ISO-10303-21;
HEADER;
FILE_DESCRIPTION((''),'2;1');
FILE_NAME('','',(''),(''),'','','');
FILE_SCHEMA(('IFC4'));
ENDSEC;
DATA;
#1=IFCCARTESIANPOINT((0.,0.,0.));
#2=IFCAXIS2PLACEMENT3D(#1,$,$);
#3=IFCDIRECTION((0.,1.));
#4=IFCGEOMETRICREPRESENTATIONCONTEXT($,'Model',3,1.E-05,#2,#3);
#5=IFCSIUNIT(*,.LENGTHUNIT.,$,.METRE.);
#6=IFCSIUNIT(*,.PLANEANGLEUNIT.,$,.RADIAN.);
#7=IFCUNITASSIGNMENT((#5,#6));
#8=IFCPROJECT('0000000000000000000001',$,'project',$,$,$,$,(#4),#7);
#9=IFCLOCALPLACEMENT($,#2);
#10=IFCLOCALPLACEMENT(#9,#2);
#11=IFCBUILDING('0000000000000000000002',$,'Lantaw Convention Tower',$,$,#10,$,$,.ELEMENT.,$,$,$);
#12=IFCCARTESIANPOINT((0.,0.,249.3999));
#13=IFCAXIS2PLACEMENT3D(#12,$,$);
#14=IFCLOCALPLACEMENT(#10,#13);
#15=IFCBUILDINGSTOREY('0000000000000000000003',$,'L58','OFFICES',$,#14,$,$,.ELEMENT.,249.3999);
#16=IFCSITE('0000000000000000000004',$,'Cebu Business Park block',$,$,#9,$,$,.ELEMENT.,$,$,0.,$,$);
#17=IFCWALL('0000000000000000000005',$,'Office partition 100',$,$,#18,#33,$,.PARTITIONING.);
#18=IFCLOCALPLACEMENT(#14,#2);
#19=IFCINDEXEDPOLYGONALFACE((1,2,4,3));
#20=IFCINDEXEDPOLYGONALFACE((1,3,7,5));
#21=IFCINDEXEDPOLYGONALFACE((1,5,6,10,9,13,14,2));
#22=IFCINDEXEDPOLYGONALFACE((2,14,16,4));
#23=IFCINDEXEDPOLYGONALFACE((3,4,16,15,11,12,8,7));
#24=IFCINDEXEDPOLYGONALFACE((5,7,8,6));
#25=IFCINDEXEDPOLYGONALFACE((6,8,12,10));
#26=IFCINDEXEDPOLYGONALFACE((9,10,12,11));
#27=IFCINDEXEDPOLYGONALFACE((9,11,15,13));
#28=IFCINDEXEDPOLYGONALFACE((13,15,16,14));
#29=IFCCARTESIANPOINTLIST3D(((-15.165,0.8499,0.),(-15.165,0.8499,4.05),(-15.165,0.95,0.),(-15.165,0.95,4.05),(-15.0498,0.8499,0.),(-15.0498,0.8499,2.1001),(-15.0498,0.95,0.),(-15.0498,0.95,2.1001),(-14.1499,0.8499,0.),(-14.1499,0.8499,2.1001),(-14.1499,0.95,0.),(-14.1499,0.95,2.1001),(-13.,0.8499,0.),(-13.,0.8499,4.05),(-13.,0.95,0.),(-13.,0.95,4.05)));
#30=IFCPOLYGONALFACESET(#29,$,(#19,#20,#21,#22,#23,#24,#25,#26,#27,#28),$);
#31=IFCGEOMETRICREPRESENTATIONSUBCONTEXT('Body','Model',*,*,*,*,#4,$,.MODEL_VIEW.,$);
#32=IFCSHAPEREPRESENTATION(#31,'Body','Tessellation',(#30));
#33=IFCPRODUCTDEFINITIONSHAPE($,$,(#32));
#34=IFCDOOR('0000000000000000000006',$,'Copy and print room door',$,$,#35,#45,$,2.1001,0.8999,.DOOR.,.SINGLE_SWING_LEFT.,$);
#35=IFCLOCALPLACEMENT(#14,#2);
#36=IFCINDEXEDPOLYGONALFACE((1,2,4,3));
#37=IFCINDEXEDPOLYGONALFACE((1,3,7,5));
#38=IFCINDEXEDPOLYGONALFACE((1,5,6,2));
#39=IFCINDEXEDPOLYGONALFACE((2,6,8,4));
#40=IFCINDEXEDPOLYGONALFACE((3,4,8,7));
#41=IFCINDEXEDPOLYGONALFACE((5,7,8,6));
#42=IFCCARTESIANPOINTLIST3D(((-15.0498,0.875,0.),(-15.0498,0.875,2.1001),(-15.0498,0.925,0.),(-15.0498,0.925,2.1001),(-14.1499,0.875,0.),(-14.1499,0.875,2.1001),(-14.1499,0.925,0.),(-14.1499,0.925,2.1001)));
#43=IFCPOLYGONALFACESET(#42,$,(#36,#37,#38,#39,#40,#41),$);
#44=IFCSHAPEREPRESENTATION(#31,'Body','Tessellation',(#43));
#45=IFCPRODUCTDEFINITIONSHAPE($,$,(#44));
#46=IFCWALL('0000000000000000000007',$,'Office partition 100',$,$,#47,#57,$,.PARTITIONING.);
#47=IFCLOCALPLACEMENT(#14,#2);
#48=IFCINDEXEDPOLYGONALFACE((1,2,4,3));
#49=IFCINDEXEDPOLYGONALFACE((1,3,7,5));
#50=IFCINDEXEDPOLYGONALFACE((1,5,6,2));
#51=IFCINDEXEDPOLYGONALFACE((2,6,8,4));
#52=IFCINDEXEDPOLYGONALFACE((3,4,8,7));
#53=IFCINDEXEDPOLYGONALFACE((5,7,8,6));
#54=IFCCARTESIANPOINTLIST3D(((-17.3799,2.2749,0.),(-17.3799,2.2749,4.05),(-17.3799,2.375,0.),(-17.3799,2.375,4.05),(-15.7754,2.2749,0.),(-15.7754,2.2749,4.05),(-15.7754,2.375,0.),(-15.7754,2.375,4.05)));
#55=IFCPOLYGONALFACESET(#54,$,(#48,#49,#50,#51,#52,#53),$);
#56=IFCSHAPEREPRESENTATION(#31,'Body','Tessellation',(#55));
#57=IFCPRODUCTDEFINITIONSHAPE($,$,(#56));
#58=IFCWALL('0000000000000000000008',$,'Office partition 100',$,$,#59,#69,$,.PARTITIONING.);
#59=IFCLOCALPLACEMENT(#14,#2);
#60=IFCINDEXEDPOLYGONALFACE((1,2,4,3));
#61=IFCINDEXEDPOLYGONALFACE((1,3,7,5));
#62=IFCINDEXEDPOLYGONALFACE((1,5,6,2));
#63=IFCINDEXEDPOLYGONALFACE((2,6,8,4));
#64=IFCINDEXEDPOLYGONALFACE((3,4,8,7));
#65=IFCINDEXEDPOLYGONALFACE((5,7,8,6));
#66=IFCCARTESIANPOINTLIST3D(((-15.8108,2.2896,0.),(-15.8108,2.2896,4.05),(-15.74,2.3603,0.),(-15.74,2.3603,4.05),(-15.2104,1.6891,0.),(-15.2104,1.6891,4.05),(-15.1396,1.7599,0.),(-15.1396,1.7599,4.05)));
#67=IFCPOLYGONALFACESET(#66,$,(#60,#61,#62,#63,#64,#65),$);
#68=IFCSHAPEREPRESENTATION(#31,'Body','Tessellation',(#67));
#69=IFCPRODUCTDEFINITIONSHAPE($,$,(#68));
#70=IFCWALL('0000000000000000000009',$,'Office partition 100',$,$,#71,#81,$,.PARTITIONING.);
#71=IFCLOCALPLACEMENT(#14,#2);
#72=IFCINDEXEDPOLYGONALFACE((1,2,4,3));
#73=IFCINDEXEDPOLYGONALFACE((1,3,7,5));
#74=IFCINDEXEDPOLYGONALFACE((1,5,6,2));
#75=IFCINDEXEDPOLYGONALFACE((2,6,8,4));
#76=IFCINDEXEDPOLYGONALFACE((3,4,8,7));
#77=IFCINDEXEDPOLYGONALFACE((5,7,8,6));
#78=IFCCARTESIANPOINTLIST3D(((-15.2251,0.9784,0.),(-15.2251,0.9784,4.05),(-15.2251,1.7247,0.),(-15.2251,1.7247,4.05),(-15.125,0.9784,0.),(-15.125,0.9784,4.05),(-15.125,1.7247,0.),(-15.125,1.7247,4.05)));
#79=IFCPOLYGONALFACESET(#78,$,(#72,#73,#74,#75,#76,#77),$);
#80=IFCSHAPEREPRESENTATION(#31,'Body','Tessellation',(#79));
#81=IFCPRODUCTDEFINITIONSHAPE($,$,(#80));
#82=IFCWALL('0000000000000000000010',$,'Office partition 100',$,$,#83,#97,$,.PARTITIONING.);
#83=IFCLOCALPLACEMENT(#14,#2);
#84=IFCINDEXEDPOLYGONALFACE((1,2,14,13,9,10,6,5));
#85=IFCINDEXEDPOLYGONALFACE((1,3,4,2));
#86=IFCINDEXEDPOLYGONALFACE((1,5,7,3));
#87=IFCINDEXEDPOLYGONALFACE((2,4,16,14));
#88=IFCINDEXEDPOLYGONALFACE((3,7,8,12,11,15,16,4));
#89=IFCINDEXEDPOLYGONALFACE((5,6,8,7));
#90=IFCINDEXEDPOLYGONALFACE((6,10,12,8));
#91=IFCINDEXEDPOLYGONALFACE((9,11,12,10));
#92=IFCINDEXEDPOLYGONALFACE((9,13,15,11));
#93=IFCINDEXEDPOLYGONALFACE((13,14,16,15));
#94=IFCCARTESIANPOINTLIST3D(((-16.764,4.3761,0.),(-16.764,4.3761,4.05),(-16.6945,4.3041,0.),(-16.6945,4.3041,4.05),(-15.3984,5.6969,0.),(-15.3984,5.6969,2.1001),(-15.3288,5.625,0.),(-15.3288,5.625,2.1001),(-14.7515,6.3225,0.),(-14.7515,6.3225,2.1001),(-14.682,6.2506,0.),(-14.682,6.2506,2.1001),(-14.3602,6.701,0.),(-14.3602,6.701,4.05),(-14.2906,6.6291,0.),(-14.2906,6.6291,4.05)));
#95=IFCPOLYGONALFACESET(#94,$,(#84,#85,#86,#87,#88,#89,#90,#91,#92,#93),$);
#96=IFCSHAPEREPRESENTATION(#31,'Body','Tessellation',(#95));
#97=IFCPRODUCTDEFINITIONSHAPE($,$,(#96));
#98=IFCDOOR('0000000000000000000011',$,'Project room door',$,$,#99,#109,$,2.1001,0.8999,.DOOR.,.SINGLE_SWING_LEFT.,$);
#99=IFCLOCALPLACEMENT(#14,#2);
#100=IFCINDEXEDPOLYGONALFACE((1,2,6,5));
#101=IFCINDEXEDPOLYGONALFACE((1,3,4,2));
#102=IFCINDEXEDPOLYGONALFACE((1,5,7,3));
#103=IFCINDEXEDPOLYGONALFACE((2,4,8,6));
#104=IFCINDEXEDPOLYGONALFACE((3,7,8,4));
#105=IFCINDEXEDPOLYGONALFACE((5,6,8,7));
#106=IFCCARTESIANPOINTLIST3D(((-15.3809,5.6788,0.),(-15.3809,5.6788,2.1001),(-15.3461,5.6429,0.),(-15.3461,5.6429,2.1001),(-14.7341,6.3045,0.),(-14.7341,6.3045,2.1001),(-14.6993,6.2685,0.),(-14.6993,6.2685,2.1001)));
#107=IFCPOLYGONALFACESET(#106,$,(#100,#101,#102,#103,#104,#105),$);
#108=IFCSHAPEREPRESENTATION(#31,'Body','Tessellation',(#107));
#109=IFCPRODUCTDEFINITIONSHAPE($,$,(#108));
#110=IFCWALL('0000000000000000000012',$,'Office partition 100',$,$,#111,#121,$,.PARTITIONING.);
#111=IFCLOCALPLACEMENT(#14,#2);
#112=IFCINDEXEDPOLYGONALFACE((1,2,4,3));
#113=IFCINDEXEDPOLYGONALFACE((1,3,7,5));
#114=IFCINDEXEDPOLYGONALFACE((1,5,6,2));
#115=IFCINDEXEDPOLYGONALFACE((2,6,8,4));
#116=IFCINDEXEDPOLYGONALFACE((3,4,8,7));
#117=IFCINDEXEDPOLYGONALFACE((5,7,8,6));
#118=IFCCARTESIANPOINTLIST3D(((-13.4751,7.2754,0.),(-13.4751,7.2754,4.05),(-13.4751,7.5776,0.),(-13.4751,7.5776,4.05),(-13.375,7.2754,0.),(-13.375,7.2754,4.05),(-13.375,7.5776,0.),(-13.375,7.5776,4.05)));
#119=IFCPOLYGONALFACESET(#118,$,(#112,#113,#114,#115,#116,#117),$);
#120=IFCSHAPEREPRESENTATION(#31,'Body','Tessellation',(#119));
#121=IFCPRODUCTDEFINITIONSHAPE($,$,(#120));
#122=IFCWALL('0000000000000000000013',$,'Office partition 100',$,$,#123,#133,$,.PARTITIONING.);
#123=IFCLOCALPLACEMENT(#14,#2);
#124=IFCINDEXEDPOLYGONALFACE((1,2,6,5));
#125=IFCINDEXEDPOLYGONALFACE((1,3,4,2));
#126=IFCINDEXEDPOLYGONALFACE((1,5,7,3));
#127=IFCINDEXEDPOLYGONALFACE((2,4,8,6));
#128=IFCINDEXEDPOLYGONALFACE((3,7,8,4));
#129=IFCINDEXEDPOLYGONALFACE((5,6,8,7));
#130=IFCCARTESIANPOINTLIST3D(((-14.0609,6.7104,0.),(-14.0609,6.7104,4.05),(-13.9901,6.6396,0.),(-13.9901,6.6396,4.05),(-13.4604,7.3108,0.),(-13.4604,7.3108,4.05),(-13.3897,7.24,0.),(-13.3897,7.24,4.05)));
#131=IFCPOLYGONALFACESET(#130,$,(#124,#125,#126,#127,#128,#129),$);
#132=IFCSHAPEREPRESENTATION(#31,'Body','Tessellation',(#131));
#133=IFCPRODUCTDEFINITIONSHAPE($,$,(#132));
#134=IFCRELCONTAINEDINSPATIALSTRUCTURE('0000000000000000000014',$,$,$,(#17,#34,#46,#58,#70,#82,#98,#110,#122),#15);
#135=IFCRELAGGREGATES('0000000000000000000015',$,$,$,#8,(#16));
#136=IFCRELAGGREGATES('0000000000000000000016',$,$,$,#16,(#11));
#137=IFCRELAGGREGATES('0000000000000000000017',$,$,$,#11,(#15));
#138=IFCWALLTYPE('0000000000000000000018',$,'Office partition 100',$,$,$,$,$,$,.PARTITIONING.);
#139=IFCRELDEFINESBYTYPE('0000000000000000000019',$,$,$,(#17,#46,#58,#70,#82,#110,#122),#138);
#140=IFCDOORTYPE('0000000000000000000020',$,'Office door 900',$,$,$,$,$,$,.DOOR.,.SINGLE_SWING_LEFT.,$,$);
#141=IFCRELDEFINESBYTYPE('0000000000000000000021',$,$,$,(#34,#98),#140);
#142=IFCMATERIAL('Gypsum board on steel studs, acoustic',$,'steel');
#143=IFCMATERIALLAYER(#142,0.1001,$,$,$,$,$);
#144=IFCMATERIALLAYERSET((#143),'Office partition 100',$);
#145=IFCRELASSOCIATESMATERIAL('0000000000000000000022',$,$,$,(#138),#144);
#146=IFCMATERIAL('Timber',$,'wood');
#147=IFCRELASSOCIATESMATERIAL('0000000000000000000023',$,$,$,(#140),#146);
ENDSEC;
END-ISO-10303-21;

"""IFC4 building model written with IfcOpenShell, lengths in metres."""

from ifc_helpers import new_model, si_unit, direction, frame, frame_2d, origin, place, context, subcontext, project, spatial, rectangle, extrude, material, layer, layer_set, type_object, element, fill, save


model = new_model("IFC4")

# Units and contexts
model_context = context("Model", 3, precision=1e-05, world=origin(), true_north=direction((0.0, 1.0)))
body_context = subcontext(model_context, "Body", "Model", "MODEL_VIEW")
ifc_project = project(units=[si_unit("LENGTHUNIT", "METRE"), si_unit("PLANEANGLEUNIT", "RADIAN")], contexts=[model_context])

# Site, building, storey
site_placement = place(None, origin())
site = spatial("IfcSite", under=ifc_project, at=site_placement, Name="Cebu Business Park block", CompositionType="ELEMENT", RefElevation=0.0)
building_placement = place(site_placement, origin())
building = spatial("IfcBuilding", under=site, at=building_placement, Name="Lantaw Convention Tower", CompositionType="ELEMENT")
storey_placement = place(building_placement, frame((0.0, 0.0, 249.3999)))
storey = spatial("IfcBuildingStorey", under=building, at=storey_placement, Name="L58", Description="OFFICES", CompositionType="ELEMENT", Elevation=249.3999)

# Shared definitions
ifc_material_1 = material(Name="Gypsum board on steel studs, acoustic", Category="steel")
ifc_layer_1 = layer(ifc_material_1, 0.1001)
ifc_layer_set_1 = layer_set([ifc_layer_1], Name="Office partition 100")
wall_type_1 = type_object("IfcWallType", Name="Office partition 100", PredefinedType="PARTITIONING", material=ifc_layer_set_1)
ifc_material_2 = material(Name="Timber", Category="wood")
door_type_1 = type_object("IfcDoorType", Name="Office door 900", OperationType="SINGLE_SWING_LEFT", PredefinedType="DOOR", material=ifc_material_2)

# Wall, opening, door
wall_1_placement = place(storey_placement, frame((-13.0, 0.8999, 0.0), z_axis=(0.0, 0.0, 1.0), x_axis=(-1.0, 0.0, 0.0)))
wall_1 = element("IfcWall", 1, at=wall_1_placement, inside=storey, type_object=wall_type_1, Name="Office partition 100", PredefinedType="PARTITIONING", context=body_context, shape_type="SweptSolid", body=[
    extrude(rectangle(XDim=2.165, YDim=0.1001, at=frame_2d((1.0825, 0.0))), origin(), (0.0, 0.0, 1.0), 4.05),
])
opening_1_placement = place(wall_1_placement, frame((1.1499, 0.0, 0.0)))
opening_1 = element("IfcOpeningElement", 2, at=opening_1_placement, cuts=wall_1, PredefinedType="OPENING", context=body_context, shape_type="SweptSolid", body=[
    extrude(rectangle(XDim=0.8999, YDim=2.1001, at=frame_2d((0.45, 1.05))), frame((0.0, 0.0601, 0.0), z_axis=(0.0, -1.0, 0.0), x_axis=(1.0, 0.0, 0.0)), (0.0, 0.0, 1.0), 0.1201),
])
door_1_placement = place(opening_1_placement, origin())
door_1 = element("IfcDoor", 3, at=door_1_placement, inside=storey, type_object=door_type_1, Name="Copy and print room door", OperationType="SINGLE_SWING_LEFT", OverallHeight=2.1001, OverallWidth=0.8999, PredefinedType="DOOR", context=body_context, shape_type="SweptSolid", body=[
    extrude(rectangle(XDim=0.8999, YDim=2.1001, at=frame_2d((0.45, 1.05))), frame((0.0, 0.0249, 0.0), z_axis=(0.0, -1.0, 0.0), x_axis=(1.0, 0.0, 0.0)), (0.0, 0.0, 1.0), 0.05),
])
fill(opening_1, door_1)

# Walls
wall_2_placement = place(storey_placement, frame((-17.3799, 2.325, 0.0), z_axis=(0.0, 0.0, 1.0), x_axis=(1.0, 0.0, 0.0)))
element("IfcWall", 4, at=wall_2_placement, inside=storey, type_object=wall_type_1, Name="Office partition 100", PredefinedType="PARTITIONING", context=body_context, shape_type="SweptSolid", body=[
    extrude(rectangle(XDim=1.6045, YDim=0.1001, at=frame_2d((0.8022, 0.0))), origin(), (0.0, 0.0, 1.0), 4.05),
])
wall_3_placement = place(storey_placement, frame((-15.7754, 2.325, 0.0), z_axis=(0.0, 0.0, 1.0), x_axis=(0.707107, -0.707107, 0.0)))
element("IfcWall", 5, at=wall_3_placement, inside=storey, type_object=wall_type_1, Name="Office partition 100", PredefinedType="PARTITIONING", context=body_context, shape_type="SweptSolid", body=[
    extrude(rectangle(XDim=0.8491, YDim=0.1001, at=frame_2d((0.4246, 0.0))), origin(), (0.0, 0.0, 1.0), 4.05),
])
wall_4_placement = place(storey_placement, frame((-15.175, 1.7246, 0.0), z_axis=(0.0, 0.0, 1.0), x_axis=(0.0, -1.0, 0.0)))
element("IfcWall", 6, at=wall_4_placement, inside=storey, type_object=wall_type_1, Name="Office partition 100", PredefinedType="PARTITIONING", context=body_context, shape_type="SweptSolid", body=[
    extrude(rectangle(XDim=0.7463, YDim=0.1001, at=frame_2d((0.373, 0.0))), origin(), (0.0, 0.0, 1.0), 4.05),
])

# Wall, opening, door
wall_5_placement = place(storey_placement, frame((-16.7292, 4.3401, 0.0), z_axis=(0.0, 0.0, 1.0), x_axis=(0.718799, 0.695218, 0.0)))
wall_5 = element("IfcWall", 7, at=wall_5_placement, inside=storey, type_object=wall_type_1, Name="Office partition 100", PredefinedType="PARTITIONING", context=body_context, shape_type="SweptSolid", body=[
    extrude(rectangle(XDim=3.3442, YDim=0.1001, at=frame_2d((1.6721, 0.0))), origin(), (0.0, 0.0, 1.0), 4.05),
])
opening_2_placement = place(wall_5_placement, frame((1.8999, 0.0, 0.0)))
opening_2 = element("IfcOpeningElement", 8, at=opening_2_placement, cuts=wall_5, PredefinedType="OPENING", context=body_context, shape_type="SweptSolid", body=[
    extrude(rectangle(XDim=0.8999, YDim=2.1001, at=frame_2d((0.45, 1.05))), frame((0.0, 0.0601, 0.0), z_axis=(0.0, -1.0, 0.0), x_axis=(1.0, 0.0, 0.0)), (0.0, 0.0, 1.0), 0.1201),
])
door_2_placement = place(opening_2_placement, origin())
door_2 = element("IfcDoor", 9, at=door_2_placement, inside=storey, type_object=door_type_1, Name="Project room door", OperationType="SINGLE_SWING_LEFT", OverallHeight=2.1001, OverallWidth=0.8999, PredefinedType="DOOR", context=body_context, shape_type="SweptSolid", body=[
    extrude(rectangle(XDim=0.8999, YDim=2.1001, at=frame_2d((0.45, 1.05))), frame((0.0, 0.0249, 0.0), z_axis=(0.0, -1.0, 0.0), x_axis=(1.0, 0.0, 0.0)), (0.0, 0.0, 1.0), 0.05),
])
fill(opening_2, door_2)

# Walls
wall_6_placement = place(storey_placement, frame((-13.425, 7.5776, 0.0), z_axis=(0.0, 0.0, 1.0), x_axis=(0.0, -1.0, 0.0)))
element("IfcWall", 10, at=wall_6_placement, inside=storey, type_object=wall_type_1, Name="Office partition 100", PredefinedType="PARTITIONING", context=body_context, shape_type="SweptSolid", body=[
    extrude(rectangle(XDim=0.3022, YDim=0.1001, at=frame_2d((0.1511, 0.0))), origin(), (0.0, 0.0, 1.0), 4.05),
])
wall_7_placement = place(storey_placement, frame((-13.425, 7.2754, 0.0), z_axis=(0.0, 0.0, 1.0), x_axis=(-0.707107, -0.707107, 0.0)))
element("IfcWall", 11, at=wall_7_placement, inside=storey, type_object=wall_type_1, Name="Office partition 100", PredefinedType="PARTITIONING", context=body_context, shape_type="SweptSolid", body=[
    extrude(rectangle(XDim=0.8491, YDim=0.1001, at=frame_2d((0.4246, 0.0))), origin(), (0.0, 0.0, 1.0), 4.05),
])

save(model, "model.ifc")
